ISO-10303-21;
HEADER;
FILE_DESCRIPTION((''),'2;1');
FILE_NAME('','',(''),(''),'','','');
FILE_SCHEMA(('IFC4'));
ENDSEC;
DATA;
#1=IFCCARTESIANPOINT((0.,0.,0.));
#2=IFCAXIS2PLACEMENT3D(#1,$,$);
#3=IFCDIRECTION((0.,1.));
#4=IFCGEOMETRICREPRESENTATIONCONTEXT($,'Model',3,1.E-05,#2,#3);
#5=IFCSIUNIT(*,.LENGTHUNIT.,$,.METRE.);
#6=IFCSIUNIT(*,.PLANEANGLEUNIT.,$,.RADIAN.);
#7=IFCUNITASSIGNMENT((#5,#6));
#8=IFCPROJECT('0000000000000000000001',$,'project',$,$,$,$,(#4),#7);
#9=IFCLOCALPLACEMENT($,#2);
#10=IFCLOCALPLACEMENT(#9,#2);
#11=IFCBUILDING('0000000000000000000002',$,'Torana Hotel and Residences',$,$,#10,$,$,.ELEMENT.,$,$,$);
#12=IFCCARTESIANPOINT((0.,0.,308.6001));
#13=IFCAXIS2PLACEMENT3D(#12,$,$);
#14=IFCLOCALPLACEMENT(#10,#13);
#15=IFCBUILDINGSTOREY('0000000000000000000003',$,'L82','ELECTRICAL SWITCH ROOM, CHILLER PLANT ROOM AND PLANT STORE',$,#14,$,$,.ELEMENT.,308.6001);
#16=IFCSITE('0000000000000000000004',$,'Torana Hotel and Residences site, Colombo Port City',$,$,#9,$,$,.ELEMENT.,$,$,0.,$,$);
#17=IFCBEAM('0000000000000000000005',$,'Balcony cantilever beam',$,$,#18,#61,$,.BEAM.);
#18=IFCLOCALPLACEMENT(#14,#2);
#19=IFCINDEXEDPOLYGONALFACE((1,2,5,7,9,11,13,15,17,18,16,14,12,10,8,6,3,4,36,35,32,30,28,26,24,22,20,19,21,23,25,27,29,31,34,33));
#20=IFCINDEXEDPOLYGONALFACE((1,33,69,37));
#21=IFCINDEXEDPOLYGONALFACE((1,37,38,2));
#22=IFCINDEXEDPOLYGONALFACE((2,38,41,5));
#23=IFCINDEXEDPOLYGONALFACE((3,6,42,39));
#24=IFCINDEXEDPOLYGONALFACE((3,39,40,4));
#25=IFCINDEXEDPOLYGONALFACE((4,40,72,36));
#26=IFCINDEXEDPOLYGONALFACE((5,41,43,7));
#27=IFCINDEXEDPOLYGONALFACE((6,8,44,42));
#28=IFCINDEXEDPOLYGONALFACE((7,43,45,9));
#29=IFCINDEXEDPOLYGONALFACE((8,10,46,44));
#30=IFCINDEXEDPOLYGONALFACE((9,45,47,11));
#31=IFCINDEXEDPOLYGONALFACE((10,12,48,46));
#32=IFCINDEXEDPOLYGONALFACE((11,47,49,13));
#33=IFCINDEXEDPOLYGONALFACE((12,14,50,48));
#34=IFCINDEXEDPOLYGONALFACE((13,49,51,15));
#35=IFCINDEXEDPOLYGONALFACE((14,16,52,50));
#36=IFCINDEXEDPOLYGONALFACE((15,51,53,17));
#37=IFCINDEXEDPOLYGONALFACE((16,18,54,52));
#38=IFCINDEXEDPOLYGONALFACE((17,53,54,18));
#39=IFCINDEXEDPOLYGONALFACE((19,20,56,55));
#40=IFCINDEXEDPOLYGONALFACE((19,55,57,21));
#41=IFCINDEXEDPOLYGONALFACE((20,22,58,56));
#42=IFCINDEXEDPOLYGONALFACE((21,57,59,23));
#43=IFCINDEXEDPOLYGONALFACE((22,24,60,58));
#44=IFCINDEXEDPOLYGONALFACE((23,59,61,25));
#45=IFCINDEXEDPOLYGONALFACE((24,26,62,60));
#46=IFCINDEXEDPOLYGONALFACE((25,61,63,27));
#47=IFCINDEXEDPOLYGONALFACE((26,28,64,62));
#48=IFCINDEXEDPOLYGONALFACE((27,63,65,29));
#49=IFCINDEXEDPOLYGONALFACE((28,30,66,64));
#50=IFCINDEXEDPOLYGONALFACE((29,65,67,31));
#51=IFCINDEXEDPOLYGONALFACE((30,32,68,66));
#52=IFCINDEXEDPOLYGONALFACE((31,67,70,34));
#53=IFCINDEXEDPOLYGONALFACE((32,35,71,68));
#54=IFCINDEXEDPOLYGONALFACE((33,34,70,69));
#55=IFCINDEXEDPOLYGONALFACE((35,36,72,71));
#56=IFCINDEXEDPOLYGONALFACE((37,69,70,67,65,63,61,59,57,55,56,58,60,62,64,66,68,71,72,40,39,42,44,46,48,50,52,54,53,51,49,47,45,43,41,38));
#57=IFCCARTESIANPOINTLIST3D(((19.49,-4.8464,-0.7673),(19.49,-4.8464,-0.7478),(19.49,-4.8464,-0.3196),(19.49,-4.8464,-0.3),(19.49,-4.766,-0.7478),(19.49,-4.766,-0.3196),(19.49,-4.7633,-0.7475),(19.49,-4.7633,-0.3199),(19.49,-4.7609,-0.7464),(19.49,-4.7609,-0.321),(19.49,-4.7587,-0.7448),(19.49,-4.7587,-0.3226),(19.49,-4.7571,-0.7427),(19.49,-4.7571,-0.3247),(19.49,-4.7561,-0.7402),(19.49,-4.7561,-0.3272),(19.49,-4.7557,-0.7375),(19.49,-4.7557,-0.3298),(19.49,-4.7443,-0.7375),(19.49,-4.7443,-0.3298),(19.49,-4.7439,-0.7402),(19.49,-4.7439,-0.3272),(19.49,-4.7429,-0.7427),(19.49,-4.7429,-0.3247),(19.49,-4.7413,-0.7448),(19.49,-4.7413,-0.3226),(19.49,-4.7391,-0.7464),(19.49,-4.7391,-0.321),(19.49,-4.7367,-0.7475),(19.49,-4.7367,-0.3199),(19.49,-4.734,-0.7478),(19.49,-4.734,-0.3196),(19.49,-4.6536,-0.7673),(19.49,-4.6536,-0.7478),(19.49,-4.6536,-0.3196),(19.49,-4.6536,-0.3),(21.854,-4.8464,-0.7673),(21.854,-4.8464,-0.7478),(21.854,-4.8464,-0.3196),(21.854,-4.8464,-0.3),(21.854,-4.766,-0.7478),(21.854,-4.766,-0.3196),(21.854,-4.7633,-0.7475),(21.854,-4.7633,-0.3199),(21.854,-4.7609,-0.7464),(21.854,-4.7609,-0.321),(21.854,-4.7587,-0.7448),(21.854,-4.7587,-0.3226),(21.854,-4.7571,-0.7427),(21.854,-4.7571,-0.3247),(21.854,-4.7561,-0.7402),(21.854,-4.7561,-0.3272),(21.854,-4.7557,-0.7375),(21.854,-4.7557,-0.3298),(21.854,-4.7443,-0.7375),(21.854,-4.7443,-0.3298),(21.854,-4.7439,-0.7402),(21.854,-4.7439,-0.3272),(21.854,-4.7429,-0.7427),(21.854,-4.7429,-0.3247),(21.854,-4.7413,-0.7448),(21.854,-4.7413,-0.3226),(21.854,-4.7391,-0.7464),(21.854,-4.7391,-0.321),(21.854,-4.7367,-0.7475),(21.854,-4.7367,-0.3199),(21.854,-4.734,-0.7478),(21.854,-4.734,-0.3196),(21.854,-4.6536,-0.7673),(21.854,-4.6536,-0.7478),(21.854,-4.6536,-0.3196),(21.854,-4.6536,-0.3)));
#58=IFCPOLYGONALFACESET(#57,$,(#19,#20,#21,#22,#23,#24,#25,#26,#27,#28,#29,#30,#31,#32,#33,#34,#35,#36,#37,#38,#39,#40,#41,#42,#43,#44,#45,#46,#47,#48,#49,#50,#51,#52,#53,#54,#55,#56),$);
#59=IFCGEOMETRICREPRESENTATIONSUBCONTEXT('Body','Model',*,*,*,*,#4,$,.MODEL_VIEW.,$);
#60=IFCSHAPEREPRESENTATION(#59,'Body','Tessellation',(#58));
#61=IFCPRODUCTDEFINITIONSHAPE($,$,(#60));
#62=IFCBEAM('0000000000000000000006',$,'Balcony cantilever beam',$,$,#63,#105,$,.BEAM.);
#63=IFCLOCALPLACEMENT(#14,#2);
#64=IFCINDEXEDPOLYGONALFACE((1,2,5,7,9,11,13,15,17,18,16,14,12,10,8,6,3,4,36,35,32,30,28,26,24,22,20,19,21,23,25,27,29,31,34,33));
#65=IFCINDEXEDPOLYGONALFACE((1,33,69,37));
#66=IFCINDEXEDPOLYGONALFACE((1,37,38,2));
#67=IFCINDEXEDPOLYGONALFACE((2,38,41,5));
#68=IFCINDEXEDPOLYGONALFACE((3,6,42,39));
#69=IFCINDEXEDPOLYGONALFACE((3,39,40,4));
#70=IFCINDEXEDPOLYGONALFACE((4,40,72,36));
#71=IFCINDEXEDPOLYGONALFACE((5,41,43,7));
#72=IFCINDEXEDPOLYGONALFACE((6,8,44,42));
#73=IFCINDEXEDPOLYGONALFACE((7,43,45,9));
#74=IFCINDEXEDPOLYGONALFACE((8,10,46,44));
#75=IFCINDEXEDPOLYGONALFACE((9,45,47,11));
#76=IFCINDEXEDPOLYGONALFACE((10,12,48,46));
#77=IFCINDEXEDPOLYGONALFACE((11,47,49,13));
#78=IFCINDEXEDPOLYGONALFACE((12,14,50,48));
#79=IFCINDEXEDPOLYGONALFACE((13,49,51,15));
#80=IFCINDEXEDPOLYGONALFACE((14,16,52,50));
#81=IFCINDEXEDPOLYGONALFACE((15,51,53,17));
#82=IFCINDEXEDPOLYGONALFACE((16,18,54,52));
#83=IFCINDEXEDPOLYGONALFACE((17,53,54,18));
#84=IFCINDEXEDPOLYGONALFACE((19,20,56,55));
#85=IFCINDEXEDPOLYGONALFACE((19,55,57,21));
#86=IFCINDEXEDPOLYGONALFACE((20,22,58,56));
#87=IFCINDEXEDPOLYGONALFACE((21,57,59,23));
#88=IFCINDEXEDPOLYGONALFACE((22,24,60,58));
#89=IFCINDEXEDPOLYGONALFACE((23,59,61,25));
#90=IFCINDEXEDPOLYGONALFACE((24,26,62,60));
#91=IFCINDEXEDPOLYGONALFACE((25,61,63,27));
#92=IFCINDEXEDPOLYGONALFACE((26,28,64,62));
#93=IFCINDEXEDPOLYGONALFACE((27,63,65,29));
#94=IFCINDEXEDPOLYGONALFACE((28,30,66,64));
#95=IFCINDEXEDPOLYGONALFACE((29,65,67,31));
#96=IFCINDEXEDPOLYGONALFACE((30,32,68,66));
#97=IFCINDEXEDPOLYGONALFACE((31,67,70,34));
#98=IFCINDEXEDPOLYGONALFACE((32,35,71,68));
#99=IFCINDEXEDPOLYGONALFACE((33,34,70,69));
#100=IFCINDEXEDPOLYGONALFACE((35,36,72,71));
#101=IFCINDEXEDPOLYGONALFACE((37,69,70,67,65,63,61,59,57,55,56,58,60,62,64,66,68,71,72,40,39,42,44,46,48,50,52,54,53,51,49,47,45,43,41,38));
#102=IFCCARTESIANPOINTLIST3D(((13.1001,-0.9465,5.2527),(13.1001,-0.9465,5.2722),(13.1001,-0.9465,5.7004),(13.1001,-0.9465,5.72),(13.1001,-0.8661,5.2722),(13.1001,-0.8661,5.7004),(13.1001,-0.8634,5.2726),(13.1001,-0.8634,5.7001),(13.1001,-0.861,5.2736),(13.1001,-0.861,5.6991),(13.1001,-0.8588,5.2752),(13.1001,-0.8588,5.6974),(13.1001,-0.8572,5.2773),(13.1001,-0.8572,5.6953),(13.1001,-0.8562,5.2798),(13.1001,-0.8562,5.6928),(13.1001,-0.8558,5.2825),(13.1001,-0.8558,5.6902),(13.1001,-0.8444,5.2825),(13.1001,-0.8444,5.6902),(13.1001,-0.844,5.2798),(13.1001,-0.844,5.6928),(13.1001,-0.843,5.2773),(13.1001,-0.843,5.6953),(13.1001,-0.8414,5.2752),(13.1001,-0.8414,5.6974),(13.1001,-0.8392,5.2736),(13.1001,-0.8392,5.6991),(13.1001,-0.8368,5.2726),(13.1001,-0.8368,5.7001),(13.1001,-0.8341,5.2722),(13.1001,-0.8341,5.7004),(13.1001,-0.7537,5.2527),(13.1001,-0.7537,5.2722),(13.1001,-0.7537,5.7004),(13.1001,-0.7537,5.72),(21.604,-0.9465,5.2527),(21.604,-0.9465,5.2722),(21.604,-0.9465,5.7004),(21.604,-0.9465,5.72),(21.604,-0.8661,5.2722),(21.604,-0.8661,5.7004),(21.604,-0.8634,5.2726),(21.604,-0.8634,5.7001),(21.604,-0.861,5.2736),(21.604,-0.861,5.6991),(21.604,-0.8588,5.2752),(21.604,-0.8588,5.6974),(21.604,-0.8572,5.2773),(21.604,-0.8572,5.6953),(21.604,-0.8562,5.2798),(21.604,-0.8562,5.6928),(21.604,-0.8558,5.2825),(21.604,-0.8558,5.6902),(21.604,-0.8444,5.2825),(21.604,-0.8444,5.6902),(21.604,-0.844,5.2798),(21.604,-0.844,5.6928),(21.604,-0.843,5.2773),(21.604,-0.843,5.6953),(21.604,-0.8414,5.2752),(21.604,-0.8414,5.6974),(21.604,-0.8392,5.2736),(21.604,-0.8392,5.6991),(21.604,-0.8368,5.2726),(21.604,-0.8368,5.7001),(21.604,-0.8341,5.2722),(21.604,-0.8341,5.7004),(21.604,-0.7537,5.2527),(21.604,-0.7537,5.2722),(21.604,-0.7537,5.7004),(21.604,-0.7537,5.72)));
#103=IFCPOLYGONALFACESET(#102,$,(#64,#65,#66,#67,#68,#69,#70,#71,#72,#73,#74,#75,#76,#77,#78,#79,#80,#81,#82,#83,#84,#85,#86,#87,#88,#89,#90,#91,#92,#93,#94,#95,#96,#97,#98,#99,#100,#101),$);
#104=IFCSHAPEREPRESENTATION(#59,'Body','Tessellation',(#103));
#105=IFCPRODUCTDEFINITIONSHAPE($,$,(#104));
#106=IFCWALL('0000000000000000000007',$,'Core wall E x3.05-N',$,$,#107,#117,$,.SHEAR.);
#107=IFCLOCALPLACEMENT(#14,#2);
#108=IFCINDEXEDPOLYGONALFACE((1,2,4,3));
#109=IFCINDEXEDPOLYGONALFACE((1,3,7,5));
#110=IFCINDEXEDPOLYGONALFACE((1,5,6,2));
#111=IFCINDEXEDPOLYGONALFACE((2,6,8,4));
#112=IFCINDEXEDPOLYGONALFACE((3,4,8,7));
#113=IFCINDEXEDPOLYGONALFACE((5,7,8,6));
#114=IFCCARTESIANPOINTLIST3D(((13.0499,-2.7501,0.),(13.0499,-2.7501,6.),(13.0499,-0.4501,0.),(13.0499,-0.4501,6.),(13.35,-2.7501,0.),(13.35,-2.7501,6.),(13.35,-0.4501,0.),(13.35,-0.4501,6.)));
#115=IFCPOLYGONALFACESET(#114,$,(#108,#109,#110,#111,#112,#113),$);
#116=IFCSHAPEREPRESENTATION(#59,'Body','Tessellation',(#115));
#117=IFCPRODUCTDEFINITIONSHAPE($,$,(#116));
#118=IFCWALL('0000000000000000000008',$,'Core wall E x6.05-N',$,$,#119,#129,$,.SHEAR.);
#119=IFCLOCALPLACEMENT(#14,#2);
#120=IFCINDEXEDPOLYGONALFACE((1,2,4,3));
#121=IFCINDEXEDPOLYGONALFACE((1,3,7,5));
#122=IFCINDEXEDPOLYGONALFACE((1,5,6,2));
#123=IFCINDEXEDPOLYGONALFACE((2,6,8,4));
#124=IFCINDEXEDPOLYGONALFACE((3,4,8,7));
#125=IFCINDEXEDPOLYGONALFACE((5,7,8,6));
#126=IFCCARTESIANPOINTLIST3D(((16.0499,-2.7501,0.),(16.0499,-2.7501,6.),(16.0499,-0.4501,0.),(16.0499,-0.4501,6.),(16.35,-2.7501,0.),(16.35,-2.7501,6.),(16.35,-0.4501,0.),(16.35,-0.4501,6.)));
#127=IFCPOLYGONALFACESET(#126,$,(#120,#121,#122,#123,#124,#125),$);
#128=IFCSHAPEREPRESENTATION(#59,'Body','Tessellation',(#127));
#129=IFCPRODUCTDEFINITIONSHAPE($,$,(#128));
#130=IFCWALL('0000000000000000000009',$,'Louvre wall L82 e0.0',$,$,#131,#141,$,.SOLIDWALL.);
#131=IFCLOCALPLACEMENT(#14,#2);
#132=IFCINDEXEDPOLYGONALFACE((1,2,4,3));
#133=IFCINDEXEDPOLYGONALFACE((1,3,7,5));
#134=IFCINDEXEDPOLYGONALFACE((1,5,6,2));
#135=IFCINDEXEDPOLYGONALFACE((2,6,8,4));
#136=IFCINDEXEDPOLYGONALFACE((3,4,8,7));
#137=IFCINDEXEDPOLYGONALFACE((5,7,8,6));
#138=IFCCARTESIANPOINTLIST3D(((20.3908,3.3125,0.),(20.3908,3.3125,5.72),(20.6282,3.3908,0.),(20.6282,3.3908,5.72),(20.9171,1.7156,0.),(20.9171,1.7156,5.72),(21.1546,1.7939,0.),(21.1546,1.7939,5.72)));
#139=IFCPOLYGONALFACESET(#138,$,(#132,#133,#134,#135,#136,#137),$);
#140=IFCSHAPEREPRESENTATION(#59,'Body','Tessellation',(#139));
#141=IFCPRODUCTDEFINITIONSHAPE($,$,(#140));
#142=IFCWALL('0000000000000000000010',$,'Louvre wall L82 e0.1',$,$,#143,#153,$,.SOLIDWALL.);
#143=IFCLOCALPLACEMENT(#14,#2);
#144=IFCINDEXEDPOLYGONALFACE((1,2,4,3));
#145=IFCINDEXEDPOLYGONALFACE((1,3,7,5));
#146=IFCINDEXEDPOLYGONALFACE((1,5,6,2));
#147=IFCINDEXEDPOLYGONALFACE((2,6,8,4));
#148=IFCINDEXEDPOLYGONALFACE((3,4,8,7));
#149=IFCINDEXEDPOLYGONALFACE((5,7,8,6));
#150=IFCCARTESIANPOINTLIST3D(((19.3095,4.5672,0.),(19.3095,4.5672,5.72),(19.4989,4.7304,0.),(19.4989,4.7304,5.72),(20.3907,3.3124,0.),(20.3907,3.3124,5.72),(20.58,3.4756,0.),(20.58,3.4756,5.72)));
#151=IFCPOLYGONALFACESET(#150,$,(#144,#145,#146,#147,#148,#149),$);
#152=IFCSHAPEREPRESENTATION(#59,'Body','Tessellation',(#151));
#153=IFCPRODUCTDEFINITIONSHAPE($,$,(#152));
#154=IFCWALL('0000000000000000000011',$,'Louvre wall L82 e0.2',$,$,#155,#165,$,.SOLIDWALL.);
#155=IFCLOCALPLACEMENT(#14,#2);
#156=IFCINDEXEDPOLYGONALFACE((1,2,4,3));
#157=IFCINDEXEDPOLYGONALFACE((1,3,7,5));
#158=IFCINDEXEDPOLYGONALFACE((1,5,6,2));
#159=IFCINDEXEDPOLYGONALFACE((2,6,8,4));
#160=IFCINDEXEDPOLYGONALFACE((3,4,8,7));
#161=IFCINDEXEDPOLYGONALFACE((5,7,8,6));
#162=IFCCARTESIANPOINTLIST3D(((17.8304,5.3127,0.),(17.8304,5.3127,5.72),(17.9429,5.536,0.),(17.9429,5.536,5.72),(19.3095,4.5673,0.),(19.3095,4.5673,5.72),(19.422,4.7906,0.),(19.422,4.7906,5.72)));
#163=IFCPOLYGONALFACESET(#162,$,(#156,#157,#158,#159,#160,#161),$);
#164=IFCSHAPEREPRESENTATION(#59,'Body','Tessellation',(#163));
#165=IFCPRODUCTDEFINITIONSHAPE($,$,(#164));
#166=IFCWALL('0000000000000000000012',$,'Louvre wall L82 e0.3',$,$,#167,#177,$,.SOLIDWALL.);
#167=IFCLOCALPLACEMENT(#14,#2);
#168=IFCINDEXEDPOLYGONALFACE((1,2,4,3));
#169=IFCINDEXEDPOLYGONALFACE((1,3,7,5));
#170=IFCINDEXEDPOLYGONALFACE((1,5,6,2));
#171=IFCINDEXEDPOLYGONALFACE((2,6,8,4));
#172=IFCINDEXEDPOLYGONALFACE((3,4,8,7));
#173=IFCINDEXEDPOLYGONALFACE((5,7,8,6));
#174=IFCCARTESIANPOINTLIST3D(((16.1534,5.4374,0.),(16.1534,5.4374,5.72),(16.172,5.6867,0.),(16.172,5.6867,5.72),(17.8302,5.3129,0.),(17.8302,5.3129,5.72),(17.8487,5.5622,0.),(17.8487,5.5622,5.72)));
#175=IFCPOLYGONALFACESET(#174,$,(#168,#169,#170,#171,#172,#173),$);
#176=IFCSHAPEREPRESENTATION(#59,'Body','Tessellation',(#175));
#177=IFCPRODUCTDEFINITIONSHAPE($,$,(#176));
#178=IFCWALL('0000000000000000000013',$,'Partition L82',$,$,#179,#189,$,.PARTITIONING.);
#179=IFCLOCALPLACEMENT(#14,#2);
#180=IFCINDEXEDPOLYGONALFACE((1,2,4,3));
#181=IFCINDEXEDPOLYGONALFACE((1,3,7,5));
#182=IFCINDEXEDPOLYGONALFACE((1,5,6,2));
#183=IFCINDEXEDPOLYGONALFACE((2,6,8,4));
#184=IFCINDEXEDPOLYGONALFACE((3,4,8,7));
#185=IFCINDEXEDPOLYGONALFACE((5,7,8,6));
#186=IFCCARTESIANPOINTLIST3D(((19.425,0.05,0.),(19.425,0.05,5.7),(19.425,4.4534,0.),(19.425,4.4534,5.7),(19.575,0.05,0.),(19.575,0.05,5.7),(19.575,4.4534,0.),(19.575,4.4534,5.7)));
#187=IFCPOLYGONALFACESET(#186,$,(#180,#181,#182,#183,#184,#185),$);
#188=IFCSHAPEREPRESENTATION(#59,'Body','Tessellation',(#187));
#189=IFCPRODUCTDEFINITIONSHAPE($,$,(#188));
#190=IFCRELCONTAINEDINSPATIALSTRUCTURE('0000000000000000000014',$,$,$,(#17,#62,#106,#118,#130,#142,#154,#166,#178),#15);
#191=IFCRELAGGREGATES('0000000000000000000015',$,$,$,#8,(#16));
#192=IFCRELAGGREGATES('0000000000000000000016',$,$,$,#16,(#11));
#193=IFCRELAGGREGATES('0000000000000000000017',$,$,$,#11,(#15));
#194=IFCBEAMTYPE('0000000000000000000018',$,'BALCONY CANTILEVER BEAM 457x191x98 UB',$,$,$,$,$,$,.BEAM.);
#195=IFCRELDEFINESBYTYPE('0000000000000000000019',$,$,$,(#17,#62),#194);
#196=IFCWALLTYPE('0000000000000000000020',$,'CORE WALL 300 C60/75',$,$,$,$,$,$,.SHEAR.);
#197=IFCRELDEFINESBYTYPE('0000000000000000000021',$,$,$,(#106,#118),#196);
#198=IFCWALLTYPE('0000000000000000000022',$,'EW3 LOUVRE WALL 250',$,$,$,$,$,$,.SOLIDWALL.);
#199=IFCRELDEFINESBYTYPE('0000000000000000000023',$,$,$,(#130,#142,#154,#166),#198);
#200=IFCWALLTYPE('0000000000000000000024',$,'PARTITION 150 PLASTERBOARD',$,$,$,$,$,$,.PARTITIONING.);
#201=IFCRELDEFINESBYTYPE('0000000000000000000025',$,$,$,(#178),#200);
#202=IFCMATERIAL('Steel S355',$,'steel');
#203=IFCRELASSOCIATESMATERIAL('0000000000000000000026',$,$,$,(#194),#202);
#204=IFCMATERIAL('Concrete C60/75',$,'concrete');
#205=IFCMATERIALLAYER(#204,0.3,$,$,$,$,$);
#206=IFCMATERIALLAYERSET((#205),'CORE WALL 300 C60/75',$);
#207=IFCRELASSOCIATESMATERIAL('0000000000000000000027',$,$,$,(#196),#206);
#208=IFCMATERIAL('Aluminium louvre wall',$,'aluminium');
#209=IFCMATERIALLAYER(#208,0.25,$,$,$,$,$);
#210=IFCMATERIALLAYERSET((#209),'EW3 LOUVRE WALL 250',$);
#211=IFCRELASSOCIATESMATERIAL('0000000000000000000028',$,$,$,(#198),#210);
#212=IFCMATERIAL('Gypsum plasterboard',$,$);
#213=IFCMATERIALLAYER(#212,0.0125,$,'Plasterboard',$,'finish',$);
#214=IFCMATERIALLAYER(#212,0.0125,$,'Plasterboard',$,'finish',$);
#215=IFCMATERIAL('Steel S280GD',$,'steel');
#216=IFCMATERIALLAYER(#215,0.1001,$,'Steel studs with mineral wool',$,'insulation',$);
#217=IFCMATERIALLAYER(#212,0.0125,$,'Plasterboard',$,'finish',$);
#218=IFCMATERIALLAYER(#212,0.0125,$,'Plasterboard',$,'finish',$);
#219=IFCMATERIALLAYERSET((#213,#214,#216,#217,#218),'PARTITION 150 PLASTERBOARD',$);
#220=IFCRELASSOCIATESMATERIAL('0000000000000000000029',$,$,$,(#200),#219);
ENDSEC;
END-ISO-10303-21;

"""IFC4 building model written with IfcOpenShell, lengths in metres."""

from ifc_helpers import new_model, si_unit, direction, frame, frame_2d, origin, origin_2d, place, context, subcontext, project, spatial, rectangle, i_section, extrude, material, layer, layer_set, material_profile, profile_set, type_object, element, save


model = new_model("IFC4")

# Units and contexts
model_context = context("Model", 3, precision=1e-05, world=origin(), true_north=direction((0.0, 1.0)))
body_context = subcontext(model_context, "Body", "Model", "MODEL_VIEW")
ifc_project = project(units=[si_unit("LENGTHUNIT", "METRE"), si_unit("PLANEANGLEUNIT", "RADIAN")], contexts=[model_context])

# Site, building, storey
site_placement = place(None, origin())
site = spatial("IfcSite", under=ifc_project, at=site_placement, Name="Torana Hotel and Residences site, Colombo Port City", CompositionType="ELEMENT", RefElevation=0.0)
building_placement = place(site_placement, origin())
building = spatial("IfcBuilding", under=site, at=building_placement, Name="Torana Hotel and Residences", CompositionType="ELEMENT")
storey_placement = place(building_placement, frame((0.0, 0.0, 308.6001)))
storey = spatial("IfcBuildingStorey", under=building, at=storey_placement, Name="L82", Description="ELECTRICAL SWITCH ROOM, CHILLER PLANT ROOM AND PLANT STORE", CompositionType="ELEMENT", Elevation=308.6001)

# Beams
ifc_material_1 = material(Name="Steel S355", Category="steel")
ifc_material_profile = material_profile(ifc_material_1, i_section(OverallWidth=0.1929, OverallDepth=0.4673, WebThickness=0.0115, FlangeThickness=0.0195, FilletRadius=0.0103, at=origin_2d()), Name="457x191x98 UB")
ifc_profile_set = profile_set([ifc_material_profile], Name="Steel S355")
beam_type = type_object("IfcBeamType", Name="BALCONY CANTILEVER BEAM 457x191x98 UB", PredefinedType="BEAM", material=ifc_profile_set)
beam_1_placement = place(storey_placement, frame((19.49, -4.75, -0.5337), z_axis=(1.0, 0.0, 0.0), x_axis=(0.0, 1.0, 0.0)))
element("IfcBeam", 1, at=beam_1_placement, inside=storey, type_object=beam_type, Name="Balcony cantilever beam", PredefinedType="BEAM", context=body_context, shape_type="SweptSolid", body=[
    extrude(i_section(OverallWidth=0.1929, OverallDepth=0.4673, WebThickness=0.0115, FlangeThickness=0.0195, FilletRadius=0.0103, at=origin_2d()), origin(), (0.0, 0.0, 1.0), 2.364),
])
beam_2_placement = place(storey_placement, frame((21.604, -0.8501, 5.4863), z_axis=(-1.0, 0.0, 0.0), x_axis=(0.0, -1.0, 0.0)))
element("IfcBeam", 2, at=beam_2_placement, inside=storey, type_object=beam_type, Name="Balcony cantilever beam", PredefinedType="BEAM", context=body_context, shape_type="SweptSolid", body=[
    extrude(i_section(OverallWidth=0.1929, OverallDepth=0.4673, WebThickness=0.0115, FlangeThickness=0.0195, FilletRadius=0.0103, at=origin_2d()), origin(), (0.0, 0.0, 1.0), 8.5039),
])

# Walls
ifc_material_2 = material(Name="Concrete C60/75", Category="concrete")
ifc_layer_1 = layer(ifc_material_2, 0.3)
ifc_layer_set_1 = layer_set([ifc_layer_1], Name="CORE WALL 300 C60/75")
wall_type_1 = type_object("IfcWallType", Name="CORE WALL 300 C60/75", PredefinedType="SHEAR", material=ifc_layer_set_1)
for number, where, z_axis, x_axis, name in (
    (3, (13.2, -2.75, 0.0), (0.0, 0.0, 1.0), (0.0, 1.0, 0.0), "Core wall E x3.05-N"),
    (4, (16.2, -2.75, 0.0), (0.0, 0.0, 1.0), (0.0, 1.0, 0.0), "Core wall E x6.05-N"),
):
    element("IfcWall", number, at=place(storey_placement, frame(where, z_axis=z_axis, x_axis=x_axis)), inside=storey, type_object=wall_type_1, Name=name, PredefinedType="SHEAR", context=body_context, shape_type="SweptSolid", body=[
        extrude(rectangle(XDim=2.3, YDim=0.3, at=frame_2d((1.1499, 0.0))), origin(), (0.0, 0.0, 1.0), 6.0),
    ])
ifc_material_3 = material(Name="Aluminium louvre wall", Category="aluminium")
ifc_layer_2 = layer(ifc_material_3, 0.25)
ifc_layer_set_2 = layer_set([ifc_layer_2], Name="EW3 LOUVRE WALL 250")
wall_type_2 = type_object("IfcWallType", Name="EW3 LOUVRE WALL 250", PredefinedType="SOLIDWALL", material=ifc_layer_set_2)
wall_1_placement = place(storey_placement, frame((21.0359, 1.7546, 0.0), z_axis=(0.0, 0.0, 1.0), x_axis=(-0.313046, 0.949738, 0.0)))
element("IfcWall", 5, at=wall_1_placement, inside=storey, type_object=wall_type_2, Name="Louvre wall L82 e0.0", PredefinedType="SOLIDWALL", context=body_context, shape_type="SweptSolid", body=[
    extrude(rectangle(XDim=1.6814, YDim=0.25, at=frame_2d((0.8408, 0.0))), origin(), (0.0, 0.0, 1.0), 5.72),
])
for number, where, z_axis, x_axis, name in (
    (6, (20.4854, 3.394, 0.0), (0.0, 0.0, 1.0), (-0.652756, 0.757568, 0.0), "Louvre wall L82 e0.1"),
    (7, (19.3657, 4.679, 0.0), (0.0, 0.0, 1.0), (-0.893008, 0.450042, 0.0), "Louvre wall L82 e0.2"),
):
    element("IfcWall", number, at=place(storey_placement, frame(where, z_axis=z_axis, x_axis=x_axis)), inside=storey, type_object=wall_type_2, Name=name, PredefinedType="SOLIDWALL", context=body_context, shape_type="SweptSolid", body=[
        extrude(rectangle(XDim=1.6562, YDim=0.25, at=frame_2d((0.8281, 0.0))), origin(), (0.0, 0.0, 1.0), 5.72),
    ])
wall_2_placement = place(storey_placement, frame((17.8396, 5.4375, 0.0), z_axis=(0.0, 0.0, 1.0), x_axis=(-0.997254, 0.074054, 0.0)))
element("IfcWall", 8, at=wall_2_placement, inside=storey, type_object=wall_type_2, Name="Louvre wall L82 e0.3", PredefinedType="SOLIDWALL", context=body_context, shape_type="SweptSolid", body=[
    extrude(rectangle(XDim=1.6814, YDim=0.25, at=frame_2d((0.8408, 0.0))), origin(), (0.0, 0.0, 1.0), 5.72),
])

# Wall
ifc_material_4 = material(Name="Gypsum plasterboard")
ifc_layer_3 = layer(ifc_material_4, 0.0125, Name="Plasterboard", Category="finish")
ifc_layer_4 = layer(ifc_material_4, 0.0125, Name="Plasterboard", Category="finish")
ifc_material_5 = material(Name="Steel S280GD", Category="steel")
ifc_layer_5 = layer(ifc_material_5, 0.1001, Name="Steel studs with mineral wool", Category="insulation")
ifc_layer_6 = layer(ifc_material_4, 0.0125, Name="Plasterboard", Category="finish")
ifc_layer_7 = layer(ifc_material_4, 0.0125, Name="Plasterboard", Category="finish")
ifc_layer_set_3 = layer_set([ifc_layer_3, ifc_layer_4, ifc_layer_5, ifc_layer_6, ifc_layer_7], Name="PARTITION 150 PLASTERBOARD")
wall_type_3 = type_object("IfcWallType", Name="PARTITION 150 PLASTERBOARD", PredefinedType="PARTITIONING", material=ifc_layer_set_3)
wall_3_placement = place(storey_placement, frame((19.5, 0.05, 0.0), z_axis=(0.0, 0.0, 1.0), x_axis=(0.0, 1.0, 0.0)))
element("IfcWall", 9, at=wall_3_placement, inside=storey, type_object=wall_type_3, Name="Partition L82", PredefinedType="PARTITIONING", context=body_context, shape_type="SweptSolid", body=[
    extrude(rectangle(XDim=4.4033, YDim=0.1499, at=frame_2d((2.2017, 0.0))), origin(), (0.0, 0.0, 1.0), 5.7),
])

save(model, "model.ifc")
